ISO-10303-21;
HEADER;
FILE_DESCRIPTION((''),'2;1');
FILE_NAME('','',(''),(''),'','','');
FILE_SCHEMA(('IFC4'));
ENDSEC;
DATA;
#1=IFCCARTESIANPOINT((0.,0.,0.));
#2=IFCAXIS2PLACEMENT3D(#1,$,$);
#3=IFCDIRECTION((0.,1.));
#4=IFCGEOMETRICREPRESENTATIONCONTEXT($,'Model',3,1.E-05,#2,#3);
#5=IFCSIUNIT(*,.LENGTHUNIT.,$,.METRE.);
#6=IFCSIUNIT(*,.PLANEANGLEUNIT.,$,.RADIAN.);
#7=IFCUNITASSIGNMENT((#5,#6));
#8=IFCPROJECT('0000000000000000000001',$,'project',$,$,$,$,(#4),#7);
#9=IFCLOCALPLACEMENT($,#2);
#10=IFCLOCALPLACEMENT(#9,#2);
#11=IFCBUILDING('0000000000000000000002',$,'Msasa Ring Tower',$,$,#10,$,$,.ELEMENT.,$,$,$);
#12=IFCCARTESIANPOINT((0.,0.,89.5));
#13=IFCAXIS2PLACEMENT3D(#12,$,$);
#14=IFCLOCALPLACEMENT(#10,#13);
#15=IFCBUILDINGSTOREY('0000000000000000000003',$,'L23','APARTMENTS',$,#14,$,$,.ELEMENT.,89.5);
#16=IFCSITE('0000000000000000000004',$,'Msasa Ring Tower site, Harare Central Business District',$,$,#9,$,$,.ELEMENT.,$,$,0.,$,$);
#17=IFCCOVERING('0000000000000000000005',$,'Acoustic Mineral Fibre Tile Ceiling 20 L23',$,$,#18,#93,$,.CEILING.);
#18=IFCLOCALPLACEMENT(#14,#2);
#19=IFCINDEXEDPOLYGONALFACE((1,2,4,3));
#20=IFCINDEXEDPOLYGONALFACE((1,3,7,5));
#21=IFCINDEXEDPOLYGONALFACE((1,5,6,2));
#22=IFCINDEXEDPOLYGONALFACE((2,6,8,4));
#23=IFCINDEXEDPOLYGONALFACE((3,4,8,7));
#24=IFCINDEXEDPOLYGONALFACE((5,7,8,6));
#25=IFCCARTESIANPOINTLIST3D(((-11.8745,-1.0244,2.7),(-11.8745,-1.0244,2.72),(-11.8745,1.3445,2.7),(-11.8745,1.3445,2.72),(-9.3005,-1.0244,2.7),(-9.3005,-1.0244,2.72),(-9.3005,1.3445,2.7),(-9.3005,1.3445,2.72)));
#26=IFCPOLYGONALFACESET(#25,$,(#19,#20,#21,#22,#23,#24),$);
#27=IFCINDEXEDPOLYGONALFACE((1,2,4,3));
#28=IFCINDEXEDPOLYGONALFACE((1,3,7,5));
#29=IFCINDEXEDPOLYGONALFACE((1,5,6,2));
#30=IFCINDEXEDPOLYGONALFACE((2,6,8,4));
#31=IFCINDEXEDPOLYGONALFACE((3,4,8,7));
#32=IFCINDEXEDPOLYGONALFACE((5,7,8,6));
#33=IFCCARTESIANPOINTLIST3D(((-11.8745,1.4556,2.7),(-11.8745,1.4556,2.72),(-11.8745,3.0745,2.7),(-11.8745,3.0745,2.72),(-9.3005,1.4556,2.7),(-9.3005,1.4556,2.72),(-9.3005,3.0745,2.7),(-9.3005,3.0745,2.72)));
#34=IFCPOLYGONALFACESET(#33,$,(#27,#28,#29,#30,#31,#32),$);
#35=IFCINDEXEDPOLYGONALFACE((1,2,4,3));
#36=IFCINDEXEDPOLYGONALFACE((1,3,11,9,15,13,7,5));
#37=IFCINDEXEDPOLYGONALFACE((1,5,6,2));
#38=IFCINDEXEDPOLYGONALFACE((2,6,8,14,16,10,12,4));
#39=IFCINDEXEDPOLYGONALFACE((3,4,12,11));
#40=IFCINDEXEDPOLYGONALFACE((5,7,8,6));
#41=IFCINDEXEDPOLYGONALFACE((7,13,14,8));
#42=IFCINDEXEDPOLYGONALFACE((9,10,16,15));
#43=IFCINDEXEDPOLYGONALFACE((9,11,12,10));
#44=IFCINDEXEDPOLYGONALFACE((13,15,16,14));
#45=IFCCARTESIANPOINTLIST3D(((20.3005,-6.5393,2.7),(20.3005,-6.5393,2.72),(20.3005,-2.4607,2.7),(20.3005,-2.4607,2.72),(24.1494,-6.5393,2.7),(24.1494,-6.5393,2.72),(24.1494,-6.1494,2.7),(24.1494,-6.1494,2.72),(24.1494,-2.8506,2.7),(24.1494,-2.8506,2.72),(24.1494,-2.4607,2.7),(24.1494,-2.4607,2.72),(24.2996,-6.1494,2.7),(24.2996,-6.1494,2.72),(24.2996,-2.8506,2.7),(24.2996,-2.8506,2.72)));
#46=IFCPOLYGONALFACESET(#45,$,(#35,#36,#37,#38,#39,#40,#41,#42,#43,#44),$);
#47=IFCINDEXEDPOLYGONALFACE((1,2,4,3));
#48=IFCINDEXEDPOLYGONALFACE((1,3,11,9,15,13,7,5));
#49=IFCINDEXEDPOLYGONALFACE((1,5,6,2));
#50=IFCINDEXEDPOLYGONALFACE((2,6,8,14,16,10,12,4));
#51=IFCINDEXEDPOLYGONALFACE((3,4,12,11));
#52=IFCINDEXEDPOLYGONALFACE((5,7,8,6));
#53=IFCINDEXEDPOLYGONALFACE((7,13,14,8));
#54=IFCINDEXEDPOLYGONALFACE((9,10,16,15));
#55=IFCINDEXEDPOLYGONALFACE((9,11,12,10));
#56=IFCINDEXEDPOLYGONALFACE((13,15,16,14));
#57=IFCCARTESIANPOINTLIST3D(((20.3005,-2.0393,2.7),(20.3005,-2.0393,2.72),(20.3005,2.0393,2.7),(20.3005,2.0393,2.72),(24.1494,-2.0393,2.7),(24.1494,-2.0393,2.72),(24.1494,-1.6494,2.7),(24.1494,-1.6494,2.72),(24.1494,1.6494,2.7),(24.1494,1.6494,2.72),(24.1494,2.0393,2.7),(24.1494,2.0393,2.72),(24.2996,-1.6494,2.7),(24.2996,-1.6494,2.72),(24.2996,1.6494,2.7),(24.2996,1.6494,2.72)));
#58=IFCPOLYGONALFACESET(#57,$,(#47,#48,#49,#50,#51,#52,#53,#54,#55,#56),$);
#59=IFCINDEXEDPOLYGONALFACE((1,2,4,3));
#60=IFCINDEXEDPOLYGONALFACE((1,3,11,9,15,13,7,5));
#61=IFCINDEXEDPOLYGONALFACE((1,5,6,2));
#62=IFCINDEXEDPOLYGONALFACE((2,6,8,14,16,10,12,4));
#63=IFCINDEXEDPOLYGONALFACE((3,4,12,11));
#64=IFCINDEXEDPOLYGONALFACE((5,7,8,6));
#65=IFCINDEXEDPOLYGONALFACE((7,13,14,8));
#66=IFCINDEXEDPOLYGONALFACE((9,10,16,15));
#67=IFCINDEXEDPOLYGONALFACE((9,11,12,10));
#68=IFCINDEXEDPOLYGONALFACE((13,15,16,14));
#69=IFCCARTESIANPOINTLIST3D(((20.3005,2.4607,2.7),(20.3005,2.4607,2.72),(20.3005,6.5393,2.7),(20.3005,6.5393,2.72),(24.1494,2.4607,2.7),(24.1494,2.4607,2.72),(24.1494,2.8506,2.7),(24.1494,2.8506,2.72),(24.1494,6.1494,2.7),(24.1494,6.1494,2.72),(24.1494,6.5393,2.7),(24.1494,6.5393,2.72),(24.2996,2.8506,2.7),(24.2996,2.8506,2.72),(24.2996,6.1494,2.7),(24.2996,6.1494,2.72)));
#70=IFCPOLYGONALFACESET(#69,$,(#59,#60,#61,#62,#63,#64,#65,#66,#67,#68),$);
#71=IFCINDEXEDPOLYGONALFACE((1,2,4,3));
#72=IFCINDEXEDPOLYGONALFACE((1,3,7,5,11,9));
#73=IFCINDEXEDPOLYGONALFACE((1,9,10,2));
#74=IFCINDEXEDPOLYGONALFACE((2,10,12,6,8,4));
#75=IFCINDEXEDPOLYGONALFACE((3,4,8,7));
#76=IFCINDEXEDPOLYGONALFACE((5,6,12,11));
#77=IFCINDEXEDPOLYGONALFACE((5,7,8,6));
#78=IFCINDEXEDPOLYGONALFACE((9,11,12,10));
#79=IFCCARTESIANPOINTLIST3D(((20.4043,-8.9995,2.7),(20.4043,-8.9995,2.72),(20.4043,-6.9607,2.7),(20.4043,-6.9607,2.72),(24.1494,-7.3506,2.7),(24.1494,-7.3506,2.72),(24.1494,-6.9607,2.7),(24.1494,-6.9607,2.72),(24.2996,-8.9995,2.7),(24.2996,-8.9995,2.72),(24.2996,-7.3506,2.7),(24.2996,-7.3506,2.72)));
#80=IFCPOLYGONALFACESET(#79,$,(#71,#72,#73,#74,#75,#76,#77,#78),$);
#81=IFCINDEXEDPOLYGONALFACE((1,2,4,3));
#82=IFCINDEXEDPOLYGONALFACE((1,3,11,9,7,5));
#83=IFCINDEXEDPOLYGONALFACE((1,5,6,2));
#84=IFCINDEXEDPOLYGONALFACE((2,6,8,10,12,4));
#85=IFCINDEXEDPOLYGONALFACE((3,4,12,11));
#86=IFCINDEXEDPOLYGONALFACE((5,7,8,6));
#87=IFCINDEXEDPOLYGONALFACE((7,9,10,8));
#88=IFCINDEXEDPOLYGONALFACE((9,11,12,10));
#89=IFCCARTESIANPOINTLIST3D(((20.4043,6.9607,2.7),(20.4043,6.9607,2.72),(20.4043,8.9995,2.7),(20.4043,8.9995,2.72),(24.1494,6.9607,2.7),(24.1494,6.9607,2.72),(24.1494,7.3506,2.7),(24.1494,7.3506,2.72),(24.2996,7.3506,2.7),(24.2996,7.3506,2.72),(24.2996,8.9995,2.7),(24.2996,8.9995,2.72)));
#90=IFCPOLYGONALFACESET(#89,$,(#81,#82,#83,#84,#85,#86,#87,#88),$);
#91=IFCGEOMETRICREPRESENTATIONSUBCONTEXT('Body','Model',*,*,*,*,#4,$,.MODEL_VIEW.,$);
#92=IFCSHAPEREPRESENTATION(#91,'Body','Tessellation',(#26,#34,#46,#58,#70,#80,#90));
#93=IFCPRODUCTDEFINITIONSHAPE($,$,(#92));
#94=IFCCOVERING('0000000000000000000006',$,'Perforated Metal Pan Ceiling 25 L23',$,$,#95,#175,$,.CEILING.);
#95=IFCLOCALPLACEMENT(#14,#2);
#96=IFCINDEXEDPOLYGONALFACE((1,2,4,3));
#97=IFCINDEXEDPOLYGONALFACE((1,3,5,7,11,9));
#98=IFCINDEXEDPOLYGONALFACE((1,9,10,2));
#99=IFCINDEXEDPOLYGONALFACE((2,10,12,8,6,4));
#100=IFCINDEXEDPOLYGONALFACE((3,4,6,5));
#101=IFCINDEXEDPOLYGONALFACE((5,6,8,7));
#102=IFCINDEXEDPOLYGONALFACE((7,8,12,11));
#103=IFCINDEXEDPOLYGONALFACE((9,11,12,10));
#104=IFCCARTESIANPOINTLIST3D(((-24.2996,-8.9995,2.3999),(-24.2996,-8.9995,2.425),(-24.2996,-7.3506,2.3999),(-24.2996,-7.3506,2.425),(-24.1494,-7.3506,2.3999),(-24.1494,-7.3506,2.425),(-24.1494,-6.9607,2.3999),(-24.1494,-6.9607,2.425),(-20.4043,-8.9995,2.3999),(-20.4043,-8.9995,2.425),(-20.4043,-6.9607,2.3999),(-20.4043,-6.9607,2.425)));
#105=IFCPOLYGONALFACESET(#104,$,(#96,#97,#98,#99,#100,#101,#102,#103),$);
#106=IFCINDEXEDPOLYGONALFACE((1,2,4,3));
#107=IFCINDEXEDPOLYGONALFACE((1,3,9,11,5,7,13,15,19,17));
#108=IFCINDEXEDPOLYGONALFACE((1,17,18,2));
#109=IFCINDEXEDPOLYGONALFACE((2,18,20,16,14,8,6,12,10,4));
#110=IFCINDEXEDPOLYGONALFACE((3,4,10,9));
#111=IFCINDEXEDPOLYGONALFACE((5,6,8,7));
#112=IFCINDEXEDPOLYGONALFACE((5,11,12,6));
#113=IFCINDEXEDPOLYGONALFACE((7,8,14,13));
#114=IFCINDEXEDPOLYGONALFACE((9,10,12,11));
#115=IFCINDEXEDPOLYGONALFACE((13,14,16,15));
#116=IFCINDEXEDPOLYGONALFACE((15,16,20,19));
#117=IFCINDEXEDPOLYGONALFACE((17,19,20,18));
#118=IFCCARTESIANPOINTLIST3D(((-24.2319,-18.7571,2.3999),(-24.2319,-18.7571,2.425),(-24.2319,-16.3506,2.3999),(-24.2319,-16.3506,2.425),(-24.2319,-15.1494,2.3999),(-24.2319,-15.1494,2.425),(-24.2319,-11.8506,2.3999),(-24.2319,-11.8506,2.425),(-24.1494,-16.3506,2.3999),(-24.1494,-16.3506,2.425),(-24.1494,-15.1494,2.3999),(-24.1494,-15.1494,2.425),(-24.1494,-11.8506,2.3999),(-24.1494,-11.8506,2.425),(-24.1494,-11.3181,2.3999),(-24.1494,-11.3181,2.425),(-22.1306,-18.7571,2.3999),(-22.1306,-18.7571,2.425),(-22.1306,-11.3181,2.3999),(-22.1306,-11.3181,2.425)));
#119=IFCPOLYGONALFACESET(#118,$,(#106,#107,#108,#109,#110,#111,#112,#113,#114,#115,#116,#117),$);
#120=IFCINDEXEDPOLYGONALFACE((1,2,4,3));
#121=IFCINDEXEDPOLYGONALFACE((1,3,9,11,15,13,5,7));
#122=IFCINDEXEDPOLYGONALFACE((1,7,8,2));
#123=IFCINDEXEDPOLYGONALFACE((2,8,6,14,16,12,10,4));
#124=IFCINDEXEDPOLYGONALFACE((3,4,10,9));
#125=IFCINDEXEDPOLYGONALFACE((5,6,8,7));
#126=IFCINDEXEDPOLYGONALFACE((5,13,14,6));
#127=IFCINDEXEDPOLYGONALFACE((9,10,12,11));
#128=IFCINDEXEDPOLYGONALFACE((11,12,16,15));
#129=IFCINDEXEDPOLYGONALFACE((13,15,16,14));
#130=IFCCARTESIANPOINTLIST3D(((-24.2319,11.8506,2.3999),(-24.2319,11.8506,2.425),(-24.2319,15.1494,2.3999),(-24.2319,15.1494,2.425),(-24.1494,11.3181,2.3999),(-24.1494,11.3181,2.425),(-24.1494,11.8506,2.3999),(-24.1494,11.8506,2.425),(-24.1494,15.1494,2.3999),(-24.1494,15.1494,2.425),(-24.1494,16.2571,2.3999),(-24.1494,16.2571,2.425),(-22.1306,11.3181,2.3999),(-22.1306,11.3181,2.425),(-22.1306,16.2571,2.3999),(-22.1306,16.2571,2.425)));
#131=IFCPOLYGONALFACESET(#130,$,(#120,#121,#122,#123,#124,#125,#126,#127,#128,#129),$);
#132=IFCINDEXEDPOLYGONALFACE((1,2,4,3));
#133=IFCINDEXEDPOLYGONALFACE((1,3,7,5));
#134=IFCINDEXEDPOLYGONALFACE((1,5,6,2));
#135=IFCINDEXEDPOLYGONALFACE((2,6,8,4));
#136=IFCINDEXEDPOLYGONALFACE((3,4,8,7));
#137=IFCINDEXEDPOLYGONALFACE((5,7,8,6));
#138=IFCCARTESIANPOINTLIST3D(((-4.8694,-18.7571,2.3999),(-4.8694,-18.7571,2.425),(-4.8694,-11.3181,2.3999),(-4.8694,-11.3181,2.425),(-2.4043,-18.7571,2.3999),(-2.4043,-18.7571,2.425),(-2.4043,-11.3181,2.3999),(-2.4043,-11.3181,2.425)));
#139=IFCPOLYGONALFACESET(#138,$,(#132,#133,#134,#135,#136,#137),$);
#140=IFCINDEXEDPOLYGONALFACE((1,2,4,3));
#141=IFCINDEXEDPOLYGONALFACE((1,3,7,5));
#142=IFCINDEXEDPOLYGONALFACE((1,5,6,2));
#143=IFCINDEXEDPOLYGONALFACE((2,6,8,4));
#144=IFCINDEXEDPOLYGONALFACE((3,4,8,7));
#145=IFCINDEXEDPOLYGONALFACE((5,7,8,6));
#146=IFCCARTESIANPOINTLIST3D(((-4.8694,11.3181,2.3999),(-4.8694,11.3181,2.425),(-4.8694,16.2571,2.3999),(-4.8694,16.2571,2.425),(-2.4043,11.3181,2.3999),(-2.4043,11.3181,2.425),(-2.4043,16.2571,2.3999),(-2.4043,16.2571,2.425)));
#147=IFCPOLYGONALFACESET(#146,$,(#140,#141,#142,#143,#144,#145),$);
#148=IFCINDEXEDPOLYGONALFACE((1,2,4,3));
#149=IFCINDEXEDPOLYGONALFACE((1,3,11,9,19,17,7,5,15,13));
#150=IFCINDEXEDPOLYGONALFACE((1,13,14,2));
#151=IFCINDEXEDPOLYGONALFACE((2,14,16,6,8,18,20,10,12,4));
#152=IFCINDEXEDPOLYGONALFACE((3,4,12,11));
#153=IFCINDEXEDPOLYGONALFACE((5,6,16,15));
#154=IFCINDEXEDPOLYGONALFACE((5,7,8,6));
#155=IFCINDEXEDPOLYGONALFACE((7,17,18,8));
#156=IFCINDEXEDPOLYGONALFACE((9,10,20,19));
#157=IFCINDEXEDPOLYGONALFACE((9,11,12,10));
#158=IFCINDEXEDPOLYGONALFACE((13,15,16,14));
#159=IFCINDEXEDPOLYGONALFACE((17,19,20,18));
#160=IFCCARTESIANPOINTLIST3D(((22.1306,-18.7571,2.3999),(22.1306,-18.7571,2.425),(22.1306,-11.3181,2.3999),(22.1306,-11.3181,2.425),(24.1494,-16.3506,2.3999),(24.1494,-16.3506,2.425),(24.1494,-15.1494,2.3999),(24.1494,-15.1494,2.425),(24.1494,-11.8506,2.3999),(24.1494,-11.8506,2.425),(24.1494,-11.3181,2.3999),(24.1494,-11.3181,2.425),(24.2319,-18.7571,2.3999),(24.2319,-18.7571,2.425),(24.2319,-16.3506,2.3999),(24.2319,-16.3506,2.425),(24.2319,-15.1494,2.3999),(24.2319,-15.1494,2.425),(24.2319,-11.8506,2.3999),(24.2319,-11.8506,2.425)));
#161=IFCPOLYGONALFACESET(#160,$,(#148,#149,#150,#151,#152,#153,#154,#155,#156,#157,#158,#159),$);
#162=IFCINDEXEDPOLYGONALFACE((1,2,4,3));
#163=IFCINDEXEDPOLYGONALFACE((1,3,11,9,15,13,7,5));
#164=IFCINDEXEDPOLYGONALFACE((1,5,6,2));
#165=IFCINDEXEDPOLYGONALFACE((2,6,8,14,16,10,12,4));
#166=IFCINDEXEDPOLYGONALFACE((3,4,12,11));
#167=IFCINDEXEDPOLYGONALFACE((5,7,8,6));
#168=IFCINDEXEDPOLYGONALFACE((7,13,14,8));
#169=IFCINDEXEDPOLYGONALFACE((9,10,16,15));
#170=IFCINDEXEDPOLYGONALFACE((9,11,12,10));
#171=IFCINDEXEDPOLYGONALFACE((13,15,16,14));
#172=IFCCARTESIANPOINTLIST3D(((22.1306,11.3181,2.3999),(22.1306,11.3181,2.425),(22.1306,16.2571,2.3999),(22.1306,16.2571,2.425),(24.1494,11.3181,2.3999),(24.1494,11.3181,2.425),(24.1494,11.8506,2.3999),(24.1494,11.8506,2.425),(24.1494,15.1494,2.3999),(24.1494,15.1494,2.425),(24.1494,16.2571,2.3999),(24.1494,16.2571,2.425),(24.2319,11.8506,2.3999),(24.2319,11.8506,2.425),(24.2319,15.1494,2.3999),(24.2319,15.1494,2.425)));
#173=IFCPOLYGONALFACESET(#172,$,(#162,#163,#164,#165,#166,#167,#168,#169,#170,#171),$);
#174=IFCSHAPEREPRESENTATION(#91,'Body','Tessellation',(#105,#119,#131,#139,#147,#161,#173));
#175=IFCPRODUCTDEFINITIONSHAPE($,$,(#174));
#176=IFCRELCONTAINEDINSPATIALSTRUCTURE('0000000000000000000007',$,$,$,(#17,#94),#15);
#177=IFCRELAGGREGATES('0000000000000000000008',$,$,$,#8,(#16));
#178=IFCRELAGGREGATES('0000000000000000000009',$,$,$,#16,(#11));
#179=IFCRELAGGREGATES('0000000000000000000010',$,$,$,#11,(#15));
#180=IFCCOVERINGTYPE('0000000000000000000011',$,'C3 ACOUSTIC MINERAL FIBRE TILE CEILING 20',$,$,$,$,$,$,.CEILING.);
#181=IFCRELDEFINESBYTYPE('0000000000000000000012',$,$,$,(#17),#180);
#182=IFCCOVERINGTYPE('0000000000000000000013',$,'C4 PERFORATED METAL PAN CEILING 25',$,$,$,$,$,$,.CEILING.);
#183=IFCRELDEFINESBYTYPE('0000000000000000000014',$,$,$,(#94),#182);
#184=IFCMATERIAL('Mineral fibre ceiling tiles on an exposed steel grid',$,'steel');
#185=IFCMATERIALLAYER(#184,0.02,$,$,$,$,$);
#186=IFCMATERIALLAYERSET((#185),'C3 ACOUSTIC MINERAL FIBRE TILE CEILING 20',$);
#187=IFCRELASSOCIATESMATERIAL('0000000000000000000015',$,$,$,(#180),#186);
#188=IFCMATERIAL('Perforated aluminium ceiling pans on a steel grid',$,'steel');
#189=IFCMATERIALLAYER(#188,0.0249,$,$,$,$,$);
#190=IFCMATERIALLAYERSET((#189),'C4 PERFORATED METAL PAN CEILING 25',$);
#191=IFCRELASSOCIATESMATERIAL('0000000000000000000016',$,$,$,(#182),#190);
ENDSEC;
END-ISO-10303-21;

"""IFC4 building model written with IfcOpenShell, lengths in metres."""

from ifc_helpers import new_model, si_unit, direction, frame, origin, place, context, subcontext, project, spatial, line, indexed_curve, outline, extrude, material, layer, layer_set, type_object, element, save


model = new_model("IFC4")

# Units and contexts
model_context = context("Model", 3, precision=1e-05, world=origin(), true_north=direction((0.0, 1.0)))
body_context = subcontext(model_context, "Body", "Model", "MODEL_VIEW")
ifc_project = project(units=[si_unit("LENGTHUNIT", "METRE"), si_unit("PLANEANGLEUNIT", "RADIAN")], contexts=[model_context])

# Site, building, storey
site_placement = place(None, origin())
site = spatial("IfcSite", under=ifc_project, at=site_placement, Name="Msasa Ring Tower site, Harare Central Business District", CompositionType="ELEMENT", RefElevation=0.0)
building_placement = place(site_placement, origin())
building = spatial("IfcBuilding", under=site, at=building_placement, Name="Msasa Ring Tower", CompositionType="ELEMENT")
storey_placement = place(building_placement, frame((0.0, 0.0, 89.5)))
storey = spatial("IfcBuildingStorey", under=building, at=storey_placement, Name="L23", Description="APARTMENTS", CompositionType="ELEMENT", Elevation=89.5)

# Coverings
ifc_material_1 = material(Name="Mineral fibre ceiling tiles on an exposed steel grid", Category="steel")
ifc_layer_1 = layer(ifc_material_1, 0.02)
ifc_layer_set_1 = layer_set([ifc_layer_1], Name="C3 ACOUSTIC MINERAL FIBRE TILE CEILING 20")
covering_type_1 = type_object("IfcCoveringType", Name="C3 ACOUSTIC MINERAL FIBRE TILE CEILING 20", PredefinedType="CEILING", material=ifc_layer_set_1)
covering_1_placement = place(storey_placement, frame((0.0, 0.0, 2.7)))
element("IfcCovering", 1, at=covering_1_placement, inside=storey, type_object=covering_type_1, Name="Acoustic Mineral Fibre Tile Ceiling 20 L23", PredefinedType="CEILING", context=body_context, shape_type="SweptSolid", body=[
    extrude(outline(indexed_curve([(-9.3005, -1.0244), (-11.8745, -1.0244), (-11.8745, 1.3445), (-9.3005, 1.3445)], segments=[line(1, 2, 3, 4, 1)], self_intersect=False)), origin(), (0.0, 0.0, 1.0), 0.02),
    extrude(outline(indexed_curve([(-9.3005, 1.4556), (-11.8745, 1.4556), (-11.8745, 3.0745), (-9.3005, 3.0745)], segments=[line(1, 2, 3, 4, 1)], self_intersect=False)), origin(), (0.0, 0.0, 1.0), 0.02),
    extrude(outline(indexed_curve([(20.3005, -2.4607), (24.1494, -2.4607), (24.1494, -2.8506), (24.2996, -2.8506), (24.2996, -6.1494), (24.1494, -6.1494), (24.1494, -6.5393), (20.3005, -6.5393)], segments=[line(1, 2, 3, 4, 5, 6, 7, 8, 1)], self_intersect=False)), origin(), (0.0, 0.0, 1.0), 0.02),
    extrude(outline(indexed_curve([(20.3005, 2.0393), (24.1494, 2.0393), (24.1494, 1.6494), (24.2996, 1.6494), (24.2996, -1.6494), (24.1494, -1.6494), (24.1494, -2.0393), (20.3005, -2.0393)], segments=[line(1, 2, 3, 4, 5, 6, 7, 8, 1)], self_intersect=False)), origin(), (0.0, 0.0, 1.0), 0.02),
    extrude(outline(indexed_curve([(20.3005, 6.5393), (24.1494, 6.5393), (24.1494, 6.1494), (24.2996, 6.1494), (24.2996, 2.8506), (24.1494, 2.8506), (24.1494, 2.4607), (20.3005, 2.4607)], segments=[line(1, 2, 3, 4, 5, 6, 7, 8, 1)], self_intersect=False)), origin(), (0.0, 0.0, 1.0), 0.02),
    extrude(outline(indexed_curve([(24.2996, -8.9995), (20.4043, -8.9995), (20.4043, -6.9607), (24.1494, -6.9607), (24.1494, -7.3506), (24.2996, -7.3506)], segments=[line(1, 2, 3, 4, 5, 6, 1)], self_intersect=False)), origin(), (0.0, 0.0, 1.0), 0.02),
    extrude(outline(indexed_curve([(24.2996, 8.9995), (24.2996, 7.3506), (24.1494, 7.3506), (24.1494, 6.9607), (20.4043, 6.9607), (20.4043, 8.9995)], segments=[line(1, 2, 3, 4, 5, 6, 1)], self_intersect=False)), origin(), (0.0, 0.0, 1.0), 0.02),
])
ifc_material_2 = material(Name="Perforated aluminium ceiling pans on a steel grid", Category="steel")
ifc_layer_2 = layer(ifc_material_2, 0.0249)
ifc_layer_set_2 = layer_set([ifc_layer_2], Name="C4 PERFORATED METAL PAN CEILING 25")
covering_type_2 = type_object("IfcCoveringType", Name="C4 PERFORATED METAL PAN CEILING 25", PredefinedType="CEILING", material=ifc_layer_set_2)
covering_2_placement = place(storey_placement, frame((0.0, 0.0, 2.3999)))
element("IfcCovering", 2, at=covering_2_placement, inside=storey, type_object=covering_type_2, Name="Perforated Metal Pan Ceiling 25 L23", PredefinedType="CEILING", context=body_context, shape_type="SweptSolid", body=[
    extrude(outline(indexed_curve([(-24.2996, -8.9995), (-24.2996, -7.3506), (-24.1494, -7.3506), (-24.1494, -6.9607), (-20.4043, -6.9607), (-20.4043, -8.9995)], segments=[line(1, 2, 3, 4, 5, 6, 1)], self_intersect=False)), origin(), (0.0, 0.0, 1.0), 0.0251),
    extrude(outline(indexed_curve([(-22.1306, -18.7571), (-24.2319, -18.7571), (-24.2319, -16.3506), (-24.1494, -16.3506), (-24.1494, -15.1494), (-24.2319, -15.1494), (-24.2319, -11.8506), (-24.1494, -11.8506), (-24.1494, -11.3181), (-22.1306, -11.3181)], segments=[line(1, 2, 3, 4, 5, 6, 7, 8, 9, 10, 1)], self_intersect=False)), origin(), (0.0, 0.0, 1.0), 0.0251),
    extrude(outline(indexed_curve([(-24.1494, 11.3181), (-24.1494, 11.8506), (-24.2319, 11.8506), (-24.2319, 15.1494), (-24.1494, 15.1494), (-24.1494, 16.2571), (-22.1306, 16.2571), (-22.1306, 11.3181)], segments=[line(1, 2, 3, 4, 5, 6, 7, 8, 1)], self_intersect=False)), origin(), (0.0, 0.0, 1.0), 0.0251),
    extrude(outline(indexed_curve([(-4.8694, -18.7571), (-4.8694, -11.3181), (-2.4043, -11.3181), (-2.4043, -18.7571)], segments=[line(1, 2, 3, 4, 1)], self_intersect=False)), origin(), (0.0, 0.0, 1.0), 0.0251),
    extrude(outline(indexed_curve([(-4.8694, 11.3181), (-4.8694, 16.2571), (-2.4043, 16.2571), (-2.4043, 11.3181)], segments=[line(1, 2, 3, 4, 1)], self_intersect=False)), origin(), (0.0, 0.0, 1.0), 0.0251),
    extrude(outline(indexed_curve([(22.1306, -18.7571), (22.1306, -11.3181), (24.1494, -11.3181), (24.1494, -11.8506), (24.2319, -11.8506), (24.2319, -15.1494), (24.1494, -15.1494), (24.1494, -16.3506), (24.2319, -16.3506), (24.2319, -18.7571)], segments=[line(1, 2, 3, 4, 5, 6, 7, 8, 9, 10, 1)], self_intersect=False)), origin(), (0.0, 0.0, 1.0), 0.0251),
    extrude(outline(indexed_curve([(22.1306, 11.3181), (22.1306, 16.2571), (24.1494, 16.2571), (24.1494, 15.1494), (24.2319, 15.1494), (24.2319, 11.8506), (24.1494, 11.8506), (24.1494, 11.3181)], segments=[line(1, 2, 3, 4, 5, 6, 7, 8, 1)], self_intersect=False)), origin(), (0.0, 0.0, 1.0), 0.0251),
])

save(model, "model.ifc")
